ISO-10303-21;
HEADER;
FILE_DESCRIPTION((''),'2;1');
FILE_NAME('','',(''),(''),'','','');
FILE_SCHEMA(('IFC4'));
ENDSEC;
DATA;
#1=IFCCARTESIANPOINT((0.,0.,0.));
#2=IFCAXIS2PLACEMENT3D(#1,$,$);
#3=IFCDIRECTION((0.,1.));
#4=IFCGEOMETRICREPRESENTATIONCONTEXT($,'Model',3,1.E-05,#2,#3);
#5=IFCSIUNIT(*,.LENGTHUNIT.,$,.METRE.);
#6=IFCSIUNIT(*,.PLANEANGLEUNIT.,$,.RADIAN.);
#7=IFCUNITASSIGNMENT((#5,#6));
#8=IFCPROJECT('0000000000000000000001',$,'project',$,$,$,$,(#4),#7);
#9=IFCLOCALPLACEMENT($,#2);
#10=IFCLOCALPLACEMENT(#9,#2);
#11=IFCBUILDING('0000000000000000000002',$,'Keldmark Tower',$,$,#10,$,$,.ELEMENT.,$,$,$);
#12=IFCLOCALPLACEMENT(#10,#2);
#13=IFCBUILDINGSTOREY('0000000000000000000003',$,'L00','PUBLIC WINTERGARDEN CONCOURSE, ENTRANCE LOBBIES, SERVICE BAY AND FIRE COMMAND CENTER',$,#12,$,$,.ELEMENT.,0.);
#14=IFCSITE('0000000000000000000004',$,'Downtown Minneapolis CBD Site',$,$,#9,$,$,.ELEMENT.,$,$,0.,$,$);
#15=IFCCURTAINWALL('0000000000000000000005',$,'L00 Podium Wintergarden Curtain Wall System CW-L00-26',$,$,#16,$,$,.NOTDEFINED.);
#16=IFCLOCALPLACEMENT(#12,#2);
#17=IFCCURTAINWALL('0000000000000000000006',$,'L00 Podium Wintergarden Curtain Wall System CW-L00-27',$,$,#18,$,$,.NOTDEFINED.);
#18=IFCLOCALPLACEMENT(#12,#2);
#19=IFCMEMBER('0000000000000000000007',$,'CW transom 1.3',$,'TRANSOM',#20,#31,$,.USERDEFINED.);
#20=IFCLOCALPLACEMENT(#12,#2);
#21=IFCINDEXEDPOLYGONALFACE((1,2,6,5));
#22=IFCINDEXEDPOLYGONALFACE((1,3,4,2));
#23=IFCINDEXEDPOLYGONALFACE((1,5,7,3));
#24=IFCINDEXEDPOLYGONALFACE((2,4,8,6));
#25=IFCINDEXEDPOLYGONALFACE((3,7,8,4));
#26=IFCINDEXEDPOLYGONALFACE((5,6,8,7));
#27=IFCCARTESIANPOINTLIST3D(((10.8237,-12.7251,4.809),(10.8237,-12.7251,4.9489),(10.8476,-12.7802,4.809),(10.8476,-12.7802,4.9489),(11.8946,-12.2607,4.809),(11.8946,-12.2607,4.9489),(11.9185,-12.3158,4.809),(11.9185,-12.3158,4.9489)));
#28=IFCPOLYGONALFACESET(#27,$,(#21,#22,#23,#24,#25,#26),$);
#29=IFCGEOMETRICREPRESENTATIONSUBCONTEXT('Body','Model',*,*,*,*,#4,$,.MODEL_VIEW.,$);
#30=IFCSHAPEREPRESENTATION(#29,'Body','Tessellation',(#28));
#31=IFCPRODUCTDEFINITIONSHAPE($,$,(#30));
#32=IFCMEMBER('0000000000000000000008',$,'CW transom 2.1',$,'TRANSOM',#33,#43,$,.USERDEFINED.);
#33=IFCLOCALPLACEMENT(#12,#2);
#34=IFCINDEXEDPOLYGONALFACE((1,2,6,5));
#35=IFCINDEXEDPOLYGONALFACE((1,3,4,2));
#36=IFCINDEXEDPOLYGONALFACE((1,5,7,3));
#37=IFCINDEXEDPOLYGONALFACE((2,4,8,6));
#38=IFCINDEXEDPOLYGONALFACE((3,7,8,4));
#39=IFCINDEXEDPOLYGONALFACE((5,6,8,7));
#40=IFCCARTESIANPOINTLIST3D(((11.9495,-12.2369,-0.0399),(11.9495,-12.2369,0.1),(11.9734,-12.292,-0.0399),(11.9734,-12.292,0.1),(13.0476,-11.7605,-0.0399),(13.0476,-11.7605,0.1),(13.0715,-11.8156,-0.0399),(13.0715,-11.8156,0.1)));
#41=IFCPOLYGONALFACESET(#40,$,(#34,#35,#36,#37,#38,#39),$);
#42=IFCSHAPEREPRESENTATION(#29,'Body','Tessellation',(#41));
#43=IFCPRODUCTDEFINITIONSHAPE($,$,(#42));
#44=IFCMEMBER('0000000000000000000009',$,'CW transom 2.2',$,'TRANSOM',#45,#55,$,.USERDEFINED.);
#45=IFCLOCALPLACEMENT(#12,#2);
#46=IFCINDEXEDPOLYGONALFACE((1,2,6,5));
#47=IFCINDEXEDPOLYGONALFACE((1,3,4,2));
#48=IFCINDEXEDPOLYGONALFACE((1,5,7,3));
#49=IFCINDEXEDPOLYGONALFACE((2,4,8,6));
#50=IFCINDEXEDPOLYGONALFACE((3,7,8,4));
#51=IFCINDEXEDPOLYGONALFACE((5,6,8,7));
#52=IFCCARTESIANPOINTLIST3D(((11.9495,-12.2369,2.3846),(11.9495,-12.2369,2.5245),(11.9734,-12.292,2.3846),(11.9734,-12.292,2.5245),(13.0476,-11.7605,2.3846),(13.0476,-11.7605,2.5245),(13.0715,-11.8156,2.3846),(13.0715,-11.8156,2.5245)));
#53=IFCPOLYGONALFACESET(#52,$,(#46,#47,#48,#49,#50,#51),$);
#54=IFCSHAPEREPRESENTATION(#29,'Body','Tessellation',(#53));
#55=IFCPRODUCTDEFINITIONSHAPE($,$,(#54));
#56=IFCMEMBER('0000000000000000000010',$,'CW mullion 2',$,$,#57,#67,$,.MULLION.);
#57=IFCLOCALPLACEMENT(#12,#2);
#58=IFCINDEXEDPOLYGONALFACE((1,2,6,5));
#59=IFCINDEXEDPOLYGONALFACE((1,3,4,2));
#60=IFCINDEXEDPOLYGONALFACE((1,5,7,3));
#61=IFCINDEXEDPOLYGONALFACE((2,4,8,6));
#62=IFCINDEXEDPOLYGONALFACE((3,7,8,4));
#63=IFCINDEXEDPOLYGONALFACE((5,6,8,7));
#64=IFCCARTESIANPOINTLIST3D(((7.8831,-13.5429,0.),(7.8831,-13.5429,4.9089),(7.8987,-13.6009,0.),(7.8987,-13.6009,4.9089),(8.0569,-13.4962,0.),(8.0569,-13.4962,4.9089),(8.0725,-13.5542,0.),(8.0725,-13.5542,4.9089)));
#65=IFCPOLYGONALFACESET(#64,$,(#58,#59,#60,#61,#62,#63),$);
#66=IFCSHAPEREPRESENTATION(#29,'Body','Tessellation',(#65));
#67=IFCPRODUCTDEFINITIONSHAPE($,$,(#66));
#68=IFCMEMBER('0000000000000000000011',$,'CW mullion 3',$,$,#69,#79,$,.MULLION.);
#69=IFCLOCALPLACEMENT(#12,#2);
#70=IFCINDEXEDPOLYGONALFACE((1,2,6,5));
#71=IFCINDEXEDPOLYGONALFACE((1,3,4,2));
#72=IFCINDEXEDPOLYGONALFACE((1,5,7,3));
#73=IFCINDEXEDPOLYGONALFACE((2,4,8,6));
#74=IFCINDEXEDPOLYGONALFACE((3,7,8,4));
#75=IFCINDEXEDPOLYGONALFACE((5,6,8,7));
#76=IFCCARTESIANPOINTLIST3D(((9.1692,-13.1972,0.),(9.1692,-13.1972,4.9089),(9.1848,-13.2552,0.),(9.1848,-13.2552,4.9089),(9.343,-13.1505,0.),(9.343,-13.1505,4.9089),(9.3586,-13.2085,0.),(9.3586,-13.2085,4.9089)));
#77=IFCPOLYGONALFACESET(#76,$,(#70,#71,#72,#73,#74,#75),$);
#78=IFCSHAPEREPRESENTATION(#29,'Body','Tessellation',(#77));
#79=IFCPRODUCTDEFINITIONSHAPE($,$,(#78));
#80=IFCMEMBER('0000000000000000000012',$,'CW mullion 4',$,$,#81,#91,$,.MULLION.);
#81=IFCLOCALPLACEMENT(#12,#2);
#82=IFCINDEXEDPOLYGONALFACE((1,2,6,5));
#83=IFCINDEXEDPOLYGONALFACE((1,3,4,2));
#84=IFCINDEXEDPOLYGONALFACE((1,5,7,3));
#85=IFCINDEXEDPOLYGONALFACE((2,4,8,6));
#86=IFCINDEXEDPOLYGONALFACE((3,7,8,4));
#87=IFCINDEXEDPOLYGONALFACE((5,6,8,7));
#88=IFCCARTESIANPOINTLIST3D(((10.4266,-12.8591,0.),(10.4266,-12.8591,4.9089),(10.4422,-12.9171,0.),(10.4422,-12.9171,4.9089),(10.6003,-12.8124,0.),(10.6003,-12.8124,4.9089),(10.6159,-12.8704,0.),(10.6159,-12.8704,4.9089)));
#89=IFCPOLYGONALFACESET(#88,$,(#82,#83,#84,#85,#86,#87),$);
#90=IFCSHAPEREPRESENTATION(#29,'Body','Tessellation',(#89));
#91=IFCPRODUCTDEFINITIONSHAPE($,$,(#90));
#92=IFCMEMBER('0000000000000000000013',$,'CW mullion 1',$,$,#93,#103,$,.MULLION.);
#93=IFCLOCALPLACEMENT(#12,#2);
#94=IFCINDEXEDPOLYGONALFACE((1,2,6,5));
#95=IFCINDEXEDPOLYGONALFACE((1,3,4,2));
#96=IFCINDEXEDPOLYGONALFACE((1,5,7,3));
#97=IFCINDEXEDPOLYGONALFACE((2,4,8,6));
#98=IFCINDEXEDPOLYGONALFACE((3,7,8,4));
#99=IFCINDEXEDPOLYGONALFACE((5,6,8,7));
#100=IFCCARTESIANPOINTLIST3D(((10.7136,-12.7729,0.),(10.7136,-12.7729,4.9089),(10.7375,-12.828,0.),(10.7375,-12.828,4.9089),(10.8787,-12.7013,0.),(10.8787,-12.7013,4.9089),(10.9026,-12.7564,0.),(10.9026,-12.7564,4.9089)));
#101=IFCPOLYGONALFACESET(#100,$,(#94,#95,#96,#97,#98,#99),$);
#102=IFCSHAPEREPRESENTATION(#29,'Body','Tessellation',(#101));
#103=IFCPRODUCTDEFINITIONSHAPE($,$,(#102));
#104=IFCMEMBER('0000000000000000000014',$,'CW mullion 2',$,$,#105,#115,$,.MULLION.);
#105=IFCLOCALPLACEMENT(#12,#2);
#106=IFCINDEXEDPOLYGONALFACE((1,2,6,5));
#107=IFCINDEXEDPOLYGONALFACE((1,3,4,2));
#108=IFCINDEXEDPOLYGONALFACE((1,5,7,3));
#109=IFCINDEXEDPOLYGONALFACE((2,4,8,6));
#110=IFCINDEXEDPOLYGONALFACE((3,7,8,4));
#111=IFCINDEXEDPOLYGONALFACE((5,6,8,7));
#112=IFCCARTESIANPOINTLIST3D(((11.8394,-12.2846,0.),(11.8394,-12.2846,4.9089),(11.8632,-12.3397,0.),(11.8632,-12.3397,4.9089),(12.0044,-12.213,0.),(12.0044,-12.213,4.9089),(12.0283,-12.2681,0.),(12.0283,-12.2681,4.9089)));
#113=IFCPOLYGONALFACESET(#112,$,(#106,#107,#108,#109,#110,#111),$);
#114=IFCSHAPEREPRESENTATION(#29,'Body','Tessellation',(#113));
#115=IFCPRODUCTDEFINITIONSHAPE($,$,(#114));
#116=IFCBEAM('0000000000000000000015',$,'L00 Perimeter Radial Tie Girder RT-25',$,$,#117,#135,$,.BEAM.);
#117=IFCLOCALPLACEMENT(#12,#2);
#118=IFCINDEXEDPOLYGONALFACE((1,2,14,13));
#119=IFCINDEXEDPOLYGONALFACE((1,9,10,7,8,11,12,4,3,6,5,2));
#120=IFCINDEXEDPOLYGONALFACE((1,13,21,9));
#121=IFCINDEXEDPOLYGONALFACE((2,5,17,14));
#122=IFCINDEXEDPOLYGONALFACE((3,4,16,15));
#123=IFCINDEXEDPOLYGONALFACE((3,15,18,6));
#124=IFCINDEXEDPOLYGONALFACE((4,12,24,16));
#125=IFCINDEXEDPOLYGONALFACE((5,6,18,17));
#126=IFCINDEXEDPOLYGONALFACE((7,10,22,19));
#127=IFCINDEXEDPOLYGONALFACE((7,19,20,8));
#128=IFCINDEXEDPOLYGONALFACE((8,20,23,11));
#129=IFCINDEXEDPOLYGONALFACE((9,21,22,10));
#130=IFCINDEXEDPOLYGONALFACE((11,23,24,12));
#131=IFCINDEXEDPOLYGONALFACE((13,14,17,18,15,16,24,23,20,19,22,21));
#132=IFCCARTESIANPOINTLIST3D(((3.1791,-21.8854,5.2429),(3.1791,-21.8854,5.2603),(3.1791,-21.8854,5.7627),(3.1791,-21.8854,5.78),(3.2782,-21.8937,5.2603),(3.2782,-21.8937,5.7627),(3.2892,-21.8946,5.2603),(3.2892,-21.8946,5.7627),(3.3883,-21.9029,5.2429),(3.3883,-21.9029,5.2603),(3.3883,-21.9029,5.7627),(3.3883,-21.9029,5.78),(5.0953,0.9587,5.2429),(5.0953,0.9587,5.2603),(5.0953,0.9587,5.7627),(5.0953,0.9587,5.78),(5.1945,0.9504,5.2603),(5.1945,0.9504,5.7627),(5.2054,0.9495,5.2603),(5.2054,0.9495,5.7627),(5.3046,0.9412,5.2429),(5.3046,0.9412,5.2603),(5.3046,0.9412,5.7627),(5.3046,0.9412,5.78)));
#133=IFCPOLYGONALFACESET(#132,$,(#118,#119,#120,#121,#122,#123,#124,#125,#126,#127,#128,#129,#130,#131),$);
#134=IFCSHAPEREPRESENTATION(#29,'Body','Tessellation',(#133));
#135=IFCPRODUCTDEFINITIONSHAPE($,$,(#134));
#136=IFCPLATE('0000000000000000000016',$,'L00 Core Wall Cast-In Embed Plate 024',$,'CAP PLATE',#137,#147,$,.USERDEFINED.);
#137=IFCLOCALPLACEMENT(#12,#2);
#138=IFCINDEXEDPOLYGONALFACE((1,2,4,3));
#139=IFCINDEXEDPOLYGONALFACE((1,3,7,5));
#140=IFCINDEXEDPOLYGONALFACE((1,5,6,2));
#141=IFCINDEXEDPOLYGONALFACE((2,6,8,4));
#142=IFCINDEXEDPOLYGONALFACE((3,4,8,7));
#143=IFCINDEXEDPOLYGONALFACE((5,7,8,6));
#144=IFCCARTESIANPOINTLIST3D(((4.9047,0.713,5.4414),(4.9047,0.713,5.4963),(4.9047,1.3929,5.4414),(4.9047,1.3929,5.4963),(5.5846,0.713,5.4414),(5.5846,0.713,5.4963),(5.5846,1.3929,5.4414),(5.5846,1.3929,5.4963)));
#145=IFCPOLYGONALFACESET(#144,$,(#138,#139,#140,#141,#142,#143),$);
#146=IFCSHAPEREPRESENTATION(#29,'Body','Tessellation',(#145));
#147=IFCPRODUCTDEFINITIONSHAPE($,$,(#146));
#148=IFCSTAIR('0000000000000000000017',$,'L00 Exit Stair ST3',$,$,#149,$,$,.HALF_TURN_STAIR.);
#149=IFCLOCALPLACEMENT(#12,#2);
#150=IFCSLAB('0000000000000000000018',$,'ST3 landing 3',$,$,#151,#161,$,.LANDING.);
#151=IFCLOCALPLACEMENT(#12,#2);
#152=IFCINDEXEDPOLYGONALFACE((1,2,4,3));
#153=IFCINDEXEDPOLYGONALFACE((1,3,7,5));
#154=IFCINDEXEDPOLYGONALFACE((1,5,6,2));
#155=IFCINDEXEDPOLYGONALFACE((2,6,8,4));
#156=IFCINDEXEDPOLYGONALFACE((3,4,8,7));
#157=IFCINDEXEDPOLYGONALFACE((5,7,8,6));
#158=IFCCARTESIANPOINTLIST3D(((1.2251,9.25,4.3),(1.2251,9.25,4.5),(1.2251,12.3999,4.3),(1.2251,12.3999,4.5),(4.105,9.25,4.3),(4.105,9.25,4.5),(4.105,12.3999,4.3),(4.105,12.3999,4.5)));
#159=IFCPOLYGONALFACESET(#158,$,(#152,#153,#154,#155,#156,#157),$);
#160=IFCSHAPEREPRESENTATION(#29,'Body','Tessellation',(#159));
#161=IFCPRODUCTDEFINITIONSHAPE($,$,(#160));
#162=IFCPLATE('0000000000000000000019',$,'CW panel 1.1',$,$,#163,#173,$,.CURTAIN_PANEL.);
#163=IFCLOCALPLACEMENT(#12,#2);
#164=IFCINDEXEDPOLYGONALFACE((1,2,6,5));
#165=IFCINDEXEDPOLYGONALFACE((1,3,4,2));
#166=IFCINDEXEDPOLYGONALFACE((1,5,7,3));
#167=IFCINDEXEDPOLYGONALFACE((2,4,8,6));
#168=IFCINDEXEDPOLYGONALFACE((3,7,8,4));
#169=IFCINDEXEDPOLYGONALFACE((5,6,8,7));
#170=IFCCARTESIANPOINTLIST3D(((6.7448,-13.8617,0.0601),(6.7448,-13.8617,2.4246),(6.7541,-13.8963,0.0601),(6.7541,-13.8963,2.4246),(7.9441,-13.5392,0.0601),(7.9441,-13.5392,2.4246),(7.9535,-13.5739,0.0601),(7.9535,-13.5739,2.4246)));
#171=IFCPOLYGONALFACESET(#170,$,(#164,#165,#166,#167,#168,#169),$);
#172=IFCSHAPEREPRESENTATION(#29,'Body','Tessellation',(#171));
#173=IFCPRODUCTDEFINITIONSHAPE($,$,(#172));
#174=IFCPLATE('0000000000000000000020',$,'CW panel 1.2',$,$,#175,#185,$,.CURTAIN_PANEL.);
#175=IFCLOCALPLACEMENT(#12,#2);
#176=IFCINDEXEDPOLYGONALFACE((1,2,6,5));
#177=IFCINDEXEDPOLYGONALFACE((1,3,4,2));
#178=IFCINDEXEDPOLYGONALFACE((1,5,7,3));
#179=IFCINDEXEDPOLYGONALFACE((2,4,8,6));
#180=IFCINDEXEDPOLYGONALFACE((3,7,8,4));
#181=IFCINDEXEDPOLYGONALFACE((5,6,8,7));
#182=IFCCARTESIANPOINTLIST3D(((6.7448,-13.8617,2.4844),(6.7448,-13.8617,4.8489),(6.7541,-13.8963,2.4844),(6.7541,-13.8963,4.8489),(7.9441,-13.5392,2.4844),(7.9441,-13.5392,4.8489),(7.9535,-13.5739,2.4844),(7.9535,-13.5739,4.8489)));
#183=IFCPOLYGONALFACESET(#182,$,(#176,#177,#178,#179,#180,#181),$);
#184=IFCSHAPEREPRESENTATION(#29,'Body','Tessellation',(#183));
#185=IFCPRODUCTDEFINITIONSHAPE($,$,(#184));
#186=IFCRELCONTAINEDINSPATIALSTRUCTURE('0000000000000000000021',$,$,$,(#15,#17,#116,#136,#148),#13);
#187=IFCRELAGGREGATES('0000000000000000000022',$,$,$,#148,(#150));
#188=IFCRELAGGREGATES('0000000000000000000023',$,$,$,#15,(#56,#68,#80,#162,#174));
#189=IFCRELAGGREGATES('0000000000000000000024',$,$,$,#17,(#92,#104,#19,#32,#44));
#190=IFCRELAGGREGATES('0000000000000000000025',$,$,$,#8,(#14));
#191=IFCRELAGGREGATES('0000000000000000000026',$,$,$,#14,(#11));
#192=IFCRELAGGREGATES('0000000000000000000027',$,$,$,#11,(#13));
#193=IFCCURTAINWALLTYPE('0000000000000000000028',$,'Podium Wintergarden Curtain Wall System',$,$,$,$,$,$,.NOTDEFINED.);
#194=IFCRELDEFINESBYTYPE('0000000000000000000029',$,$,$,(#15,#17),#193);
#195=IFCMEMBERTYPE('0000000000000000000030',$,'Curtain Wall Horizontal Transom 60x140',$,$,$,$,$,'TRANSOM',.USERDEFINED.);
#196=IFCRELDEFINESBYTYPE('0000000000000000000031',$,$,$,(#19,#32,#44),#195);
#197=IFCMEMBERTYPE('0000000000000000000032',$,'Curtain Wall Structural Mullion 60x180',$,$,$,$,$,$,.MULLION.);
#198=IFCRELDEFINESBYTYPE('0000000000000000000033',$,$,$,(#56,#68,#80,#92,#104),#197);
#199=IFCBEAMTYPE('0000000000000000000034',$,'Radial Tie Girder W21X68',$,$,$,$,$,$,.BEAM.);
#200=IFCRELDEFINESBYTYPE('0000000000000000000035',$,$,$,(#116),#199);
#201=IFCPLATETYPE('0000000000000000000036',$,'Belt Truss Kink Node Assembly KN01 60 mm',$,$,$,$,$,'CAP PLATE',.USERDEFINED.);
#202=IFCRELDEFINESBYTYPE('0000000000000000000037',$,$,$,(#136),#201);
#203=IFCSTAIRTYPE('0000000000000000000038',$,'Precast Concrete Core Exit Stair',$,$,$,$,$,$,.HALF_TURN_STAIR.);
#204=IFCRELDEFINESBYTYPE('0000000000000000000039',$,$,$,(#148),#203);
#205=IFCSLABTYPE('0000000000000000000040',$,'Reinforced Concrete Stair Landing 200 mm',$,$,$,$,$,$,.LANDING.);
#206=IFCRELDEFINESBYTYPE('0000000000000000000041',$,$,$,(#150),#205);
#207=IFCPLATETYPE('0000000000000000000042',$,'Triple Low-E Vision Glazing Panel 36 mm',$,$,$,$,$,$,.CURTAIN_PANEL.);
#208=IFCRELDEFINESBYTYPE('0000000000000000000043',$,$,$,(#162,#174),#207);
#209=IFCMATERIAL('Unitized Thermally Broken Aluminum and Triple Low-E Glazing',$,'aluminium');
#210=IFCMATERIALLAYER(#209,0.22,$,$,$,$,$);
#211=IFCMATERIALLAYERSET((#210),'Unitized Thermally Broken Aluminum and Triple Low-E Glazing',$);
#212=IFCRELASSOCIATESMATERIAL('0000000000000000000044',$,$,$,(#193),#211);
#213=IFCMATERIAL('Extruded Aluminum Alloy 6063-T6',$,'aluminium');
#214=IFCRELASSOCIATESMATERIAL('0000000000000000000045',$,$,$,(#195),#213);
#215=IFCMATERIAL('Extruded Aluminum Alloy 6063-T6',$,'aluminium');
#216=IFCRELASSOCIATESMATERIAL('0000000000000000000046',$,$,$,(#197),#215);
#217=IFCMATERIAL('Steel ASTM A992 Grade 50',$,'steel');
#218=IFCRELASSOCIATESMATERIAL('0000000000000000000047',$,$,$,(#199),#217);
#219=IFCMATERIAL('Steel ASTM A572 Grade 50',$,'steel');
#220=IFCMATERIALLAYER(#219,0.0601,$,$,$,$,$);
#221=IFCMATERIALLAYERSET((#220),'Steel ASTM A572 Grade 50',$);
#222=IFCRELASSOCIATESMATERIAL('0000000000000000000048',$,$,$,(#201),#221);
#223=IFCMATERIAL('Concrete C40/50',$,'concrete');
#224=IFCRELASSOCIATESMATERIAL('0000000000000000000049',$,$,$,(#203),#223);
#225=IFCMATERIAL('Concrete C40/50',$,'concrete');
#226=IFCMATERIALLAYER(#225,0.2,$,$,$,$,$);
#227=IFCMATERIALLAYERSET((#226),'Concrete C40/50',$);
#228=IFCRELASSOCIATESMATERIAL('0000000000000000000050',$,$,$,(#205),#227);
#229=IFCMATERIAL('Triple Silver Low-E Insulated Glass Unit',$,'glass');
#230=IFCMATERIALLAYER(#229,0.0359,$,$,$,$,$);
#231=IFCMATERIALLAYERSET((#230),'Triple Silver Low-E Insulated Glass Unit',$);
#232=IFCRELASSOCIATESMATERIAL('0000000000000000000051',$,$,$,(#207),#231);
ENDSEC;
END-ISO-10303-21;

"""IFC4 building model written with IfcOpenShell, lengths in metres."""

from ifc_helpers import new_model, si_unit, direction, frame, origin, origin_2d, place, context, subcontext, project, spatial, polyline, rectangle, i_section, outline, extrude, material, layer, layer_set, material_profile, profile_set, type_object, element, aggregate, save


model = new_model("IFC4")

# Units and contexts
model_context = context("Model", 3, precision=1e-05, world=origin(), true_north=direction((0.0, 1.0)))
body_context = subcontext(model_context, "Body", "Model", "MODEL_VIEW")
ifc_project = project(units=[si_unit("LENGTHUNIT", "METRE"), si_unit("PLANEANGLEUNIT", "RADIAN")], contexts=[model_context])

# Site, building, storey
site_placement = place(None, origin())
site = spatial("IfcSite", under=ifc_project, at=site_placement, Name="Downtown Minneapolis CBD Site", CompositionType="ELEMENT", RefElevation=0.0)
building_placement = place(site_placement, origin())
building = spatial("IfcBuilding", under=site, at=building_placement, Name="Keldmark Tower", CompositionType="ELEMENT")
storey_placement = place(building_placement, origin())
storey = spatial("IfcBuildingStorey", under=building, at=storey_placement, Name="L00", Description="PUBLIC WINTERGARDEN CONCOURSE, ENTRANCE LOBBIES, SERVICE BAY AND FIRE COMMAND CENTER", CompositionType="ELEMENT", Elevation=0.0)

# Curtain walls, members
ifc_material_1 = material(Name="Unitized Thermally Broken Aluminum and Triple Low-E Glazing", Category="aluminium")
ifc_layer_1 = layer(ifc_material_1, 0.22)
ifc_layer_set_1 = layer_set([ifc_layer_1], Name="Unitized Thermally Broken Aluminum and Triple Low-E Glazing")
curtain_wall_type = type_object("IfcCurtainWallType", Name="Podium Wintergarden Curtain Wall System", PredefinedType="NOTDEFINED", material=ifc_layer_set_1)
curtain_wall_1_placement = place(storey_placement, origin())
curtain_wall_1 = element("IfcCurtainWall", 1, at=curtain_wall_1_placement, inside=storey, type_object=curtain_wall_type, Name="L00 Podium Wintergarden Curtain Wall System CW-L00-26", PredefinedType="NOTDEFINED")
ifc_material_2 = material(Name="Extruded Aluminum Alloy 6063-T6", Category="aluminium")
ifc_material_profile_1 = material_profile(ifc_material_2, rectangle(XDim=0.0601, YDim=0.1399, at=origin_2d()), Name="CWT60X140")
ifc_profile_set_1 = profile_set([ifc_material_profile_1], Name="Extruded Aluminum Alloy 6063-T6")
member_type_1 = type_object("IfcMemberType", Name="Curtain Wall Horizontal Transom 60x140", ElementType="TRANSOM", PredefinedType="USERDEFINED", material=ifc_profile_set_1)
curtain_wall_2_placement = place(storey_placement, origin())
curtain_wall_2 = element("IfcCurtainWall", 2, at=curtain_wall_2_placement, inside=storey, type_object=curtain_wall_type, Name="L00 Podium Wintergarden Curtain Wall System CW-L00-27", PredefinedType="NOTDEFINED")
member_1_placement = place(storey_placement, frame((10.8357, -12.7527, 4.8789), z_axis=(0.917449, 0.397854, 0.0), x_axis=(-0.397854, 0.917449, 0.0)))
member_1 = element("IfcMember", 3, at=member_1_placement, type_object=member_type_1, Name="CW transom 1.3", ObjectType="TRANSOM", PredefinedType="USERDEFINED", context=body_context, shape_type="SweptSolid", body=[
    extrude(rectangle(XDim=0.0601, YDim=0.1399, at=origin_2d()), origin(), (0.0, 0.0, 1.0), 1.1672),
])
member_2_placement = place(storey_placement, frame((11.9614, -12.2644, 0.03), z_axis=(0.917417, 0.397928, 0.0), x_axis=(-0.397928, 0.917417, 0.0)))
member_2 = element("IfcMember", 4, at=member_2_placement, type_object=member_type_1, Name="CW transom 2.1", ObjectType="TRANSOM", PredefinedType="USERDEFINED", context=body_context, shape_type="SweptSolid", body=[
    extrude(rectangle(XDim=0.0601, YDim=0.1399, at=origin_2d()), origin(), (0.0, 0.0, 1.0), 1.197),
])
member_3_placement = place(storey_placement, frame((11.9614, -12.2644, 2.4546), z_axis=(0.917417, 0.397928, 0.0), x_axis=(-0.397928, 0.917417, 0.0)))
member_3 = element("IfcMember", 5, at=member_3_placement, type_object=member_type_1, Name="CW transom 2.2", ObjectType="TRANSOM", PredefinedType="USERDEFINED", context=body_context, shape_type="SweptSolid", body=[
    extrude(rectangle(XDim=0.0601, YDim=0.1399, at=origin_2d()), origin(), (0.0, 0.0, 1.0), 1.197),
])

# Members
ifc_material_3 = material(Name="Extruded Aluminum Alloy 6063-T6", Category="aluminium")
ifc_material_profile_2 = material_profile(ifc_material_3, rectangle(XDim=0.0601, YDim=0.1799, at=origin_2d()), Name="CWM60X180")
ifc_profile_set_2 = profile_set([ifc_material_profile_2], Name="Extruded Aluminum Alloy 6063-T6")
member_type_2 = type_object("IfcMemberType", Name="Curtain Wall Structural Mullion 60x180", PredefinedType="MULLION", material=ifc_profile_set_2)
member_4_placement = place(storey_placement, frame((7.9778, -13.5486, 0.0), z_axis=(0.0, 0.0, 1.0), x_axis=(-0.259639, 0.965706, 0.0)))
member_4 = element("IfcMember", 6, at=member_4_placement, type_object=member_type_2, Name="CW mullion 2", PredefinedType="MULLION", context=body_context, shape_type="SweptSolid", body=[
    extrude(rectangle(XDim=0.0601, YDim=0.1799, at=origin_2d()), origin(), (0.0, 0.0, 1.0), 4.9089),
])
member_5_placement = place(storey_placement, frame((9.2639, -13.2029, 0.0), z_axis=(0.0, 0.0, 1.0), x_axis=(-0.259639, 0.965706, 0.0)))
member_5 = element("IfcMember", 7, at=member_5_placement, type_object=member_type_2, Name="CW mullion 3", PredefinedType="MULLION", context=body_context, shape_type="SweptSolid", body=[
    extrude(rectangle(XDim=0.0601, YDim=0.1799, at=origin_2d()), origin(), (0.0, 0.0, 1.0), 4.9089),
])
member_6_placement = place(storey_placement, frame((10.5212, -12.8647, 0.0), z_axis=(0.0, 0.0, 1.0), x_axis=(-0.259639, 0.965706, 0.0)))
member_6 = element("IfcMember", 8, at=member_6_placement, type_object=member_type_2, Name="CW mullion 4", PredefinedType="MULLION", context=body_context, shape_type="SweptSolid", body=[
    extrude(rectangle(XDim=0.0601, YDim=0.1799, at=origin_2d()), origin(), (0.0, 0.0, 1.0), 4.9089),
])
member_7_placement = place(storey_placement, frame((10.8081, -12.7646, 0.0), z_axis=(0.0, 0.0, 1.0), x_axis=(-0.397884, 0.917436, 0.0)))
member_7 = element("IfcMember", 9, at=member_7_placement, type_object=member_type_2, Name="CW mullion 1", PredefinedType="MULLION", context=body_context, shape_type="SweptSolid", body=[
    extrude(rectangle(XDim=0.0601, YDim=0.1799, at=origin_2d()), origin(), (0.0, 0.0, 1.0), 4.9089),
])
member_8_placement = place(storey_placement, frame((11.9338, -12.2764, 0.0), z_axis=(0.0, 0.0, 1.0), x_axis=(-0.397884, 0.917436, 0.0)))
member_8 = element("IfcMember", 10, at=member_8_placement, type_object=member_type_2, Name="CW mullion 2", PredefinedType="MULLION", context=body_context, shape_type="SweptSolid", body=[
    extrude(rectangle(XDim=0.0601, YDim=0.1799, at=origin_2d()), origin(), (0.0, 0.0, 1.0), 4.9089),
])

# Beam
ifc_material_4 = material(Name="Steel ASTM A992 Grade 50", Category="steel")
ifc_material_profile_3 = material_profile(ifc_material_4, i_section(OverallWidth=0.21, OverallDepth=0.5371, WebThickness=0.011, FlangeThickness=0.0173, at=origin_2d()), Name="W21X68")
ifc_profile_set_3 = profile_set([ifc_material_profile_3], Name="Steel ASTM A992 Grade 50")
beam_type_1 = type_object("IfcBeamType", Name="Radial Tie Girder W21X68", PredefinedType="BEAM", material=ifc_profile_set_3)
beam_1_placement = place(storey_placement, frame((5.2, 0.95, 5.5115), z_axis=(-0.083591, -0.9965, 0.0), x_axis=(0.9965, -0.083591, 0.0)))
element("IfcBeam", 11, at=beam_1_placement, inside=storey, type_object=beam_type_1, Name="L00 Perimeter Radial Tie Girder RT-25", PredefinedType="BEAM", context=body_context, shape_type="SweptSolid", body=[
    extrude(i_section(OverallWidth=0.21, OverallDepth=0.5371, WebThickness=0.011, FlangeThickness=0.0173, at=origin_2d()), origin(), (0.0, 0.0, 1.0), 22.9243),
])

# Plate
ifc_material_5 = material(Name="Steel ASTM A572 Grade 50", Category="steel")
ifc_layer_2 = layer(ifc_material_5, 0.0601)
ifc_layer_set_2 = layer_set([ifc_layer_2], Name="Steel ASTM A572 Grade 50")
plate_type_1 = type_object("IfcPlateType", Name="Belt Truss Kink Node Assembly KN01 60 mm", ElementType="CAP PLATE", PredefinedType="USERDEFINED", material=ifc_layer_set_2)
plate_1_placement = place(storey_placement, frame((5.2446, 1.053, 5.4414), z_axis=(0.0, 0.0, 1.0), x_axis=(1.0, 0.0, 0.0)))
element("IfcPlate", 12, at=plate_1_placement, inside=storey, type_object=plate_type_1, Name="L00 Core Wall Cast-In Embed Plate 024", ObjectType="CAP PLATE", PredefinedType="USERDEFINED", context=body_context, shape_type="SweptSolid", body=[
    extrude(rectangle(XDim=0.6799, YDim=0.6799, at=origin_2d()), origin(), (0.0, 0.0, 1.0), 0.0549),
])

# Stair, slab
ifc_material_6 = material(Name="Concrete C40/50", Category="concrete")
stair_type = type_object("IfcStairType", Name="Precast Concrete Core Exit Stair", PredefinedType="HALF_TURN_STAIR", material=ifc_material_6)
stair_placement = place(storey_placement, origin())
stair = element("IfcStair", 13, at=stair_placement, inside=storey, type_object=stair_type, Name="L00 Exit Stair ST3", PredefinedType="HALF_TURN_STAIR")
ifc_material_7 = material(Name="Concrete C40/50", Category="concrete")
ifc_layer_3 = layer(ifc_material_7, 0.2)
ifc_layer_set_3 = layer_set([ifc_layer_3], Name="Concrete C40/50")
slab_type = type_object("IfcSlabType", Name="Reinforced Concrete Stair Landing 200 mm", PredefinedType="LANDING", material=ifc_layer_set_3)
slab_placement = place(storey_placement, frame((0.0, 0.0, 4.3)))
slab = element("IfcSlab", 14, at=slab_placement, type_object=slab_type, Name="ST3 landing 3", PredefinedType="LANDING", context=body_context, shape_type="SweptSolid", body=[
    extrude(outline(polyline([(1.2251, 9.25), (4.105, 9.25), (4.105, 12.3999), (1.2251, 12.3999), (1.2251, 9.25)])), origin(), (0.0, 0.0, 1.0), 0.2),
])
aggregate(stair, [slab])

# Plates
ifc_material_8 = material(Name="Triple Silver Low-E Insulated Glass Unit", Category="glass")
ifc_layer_4 = layer(ifc_material_8, 0.0359)
ifc_layer_set_4 = layer_set([ifc_layer_4], Name="Triple Silver Low-E Insulated Glass Unit")
plate_type_2 = type_object("IfcPlateType", Name="Triple Low-E Vision Glazing Panel 36 mm", PredefinedType="CURTAIN_PANEL", material=ifc_layer_set_4)
plate_2_placement = place(storey_placement, frame((7.3491, -13.7178, 0.0601), z_axis=(0.0, 0.0, 1.0), x_axis=(0.965706, 0.259639, 0.0)))
plate_2 = element("IfcPlate", 15, at=plate_2_placement, type_object=plate_type_2, Name="CW panel 1.1", PredefinedType="CURTAIN_PANEL", context=body_context, shape_type="SweptSolid", body=[
    extrude(rectangle(XDim=1.2419, YDim=0.0359, at=origin_2d()), origin(), (0.0, 0.0, 1.0), 2.3645),
])
plate_3_placement = place(storey_placement, frame((7.3491, -13.7178, 2.4844), z_axis=(0.0, 0.0, 1.0), x_axis=(0.965706, 0.259639, 0.0)))
plate_3 = element("IfcPlate", 16, at=plate_3_placement, type_object=plate_type_2, Name="CW panel 1.2", PredefinedType="CURTAIN_PANEL", context=body_context, shape_type="SweptSolid", body=[
    extrude(rectangle(XDim=1.2419, YDim=0.0359, at=origin_2d()), origin(), (0.0, 0.0, 1.0), 2.3645),
])
aggregate(curtain_wall_1, [member_4, member_5, member_6, plate_2, plate_3])
aggregate(curtain_wall_2, [member_7, member_8, member_1, member_2, member_3])

save(model, "model.ifc")
